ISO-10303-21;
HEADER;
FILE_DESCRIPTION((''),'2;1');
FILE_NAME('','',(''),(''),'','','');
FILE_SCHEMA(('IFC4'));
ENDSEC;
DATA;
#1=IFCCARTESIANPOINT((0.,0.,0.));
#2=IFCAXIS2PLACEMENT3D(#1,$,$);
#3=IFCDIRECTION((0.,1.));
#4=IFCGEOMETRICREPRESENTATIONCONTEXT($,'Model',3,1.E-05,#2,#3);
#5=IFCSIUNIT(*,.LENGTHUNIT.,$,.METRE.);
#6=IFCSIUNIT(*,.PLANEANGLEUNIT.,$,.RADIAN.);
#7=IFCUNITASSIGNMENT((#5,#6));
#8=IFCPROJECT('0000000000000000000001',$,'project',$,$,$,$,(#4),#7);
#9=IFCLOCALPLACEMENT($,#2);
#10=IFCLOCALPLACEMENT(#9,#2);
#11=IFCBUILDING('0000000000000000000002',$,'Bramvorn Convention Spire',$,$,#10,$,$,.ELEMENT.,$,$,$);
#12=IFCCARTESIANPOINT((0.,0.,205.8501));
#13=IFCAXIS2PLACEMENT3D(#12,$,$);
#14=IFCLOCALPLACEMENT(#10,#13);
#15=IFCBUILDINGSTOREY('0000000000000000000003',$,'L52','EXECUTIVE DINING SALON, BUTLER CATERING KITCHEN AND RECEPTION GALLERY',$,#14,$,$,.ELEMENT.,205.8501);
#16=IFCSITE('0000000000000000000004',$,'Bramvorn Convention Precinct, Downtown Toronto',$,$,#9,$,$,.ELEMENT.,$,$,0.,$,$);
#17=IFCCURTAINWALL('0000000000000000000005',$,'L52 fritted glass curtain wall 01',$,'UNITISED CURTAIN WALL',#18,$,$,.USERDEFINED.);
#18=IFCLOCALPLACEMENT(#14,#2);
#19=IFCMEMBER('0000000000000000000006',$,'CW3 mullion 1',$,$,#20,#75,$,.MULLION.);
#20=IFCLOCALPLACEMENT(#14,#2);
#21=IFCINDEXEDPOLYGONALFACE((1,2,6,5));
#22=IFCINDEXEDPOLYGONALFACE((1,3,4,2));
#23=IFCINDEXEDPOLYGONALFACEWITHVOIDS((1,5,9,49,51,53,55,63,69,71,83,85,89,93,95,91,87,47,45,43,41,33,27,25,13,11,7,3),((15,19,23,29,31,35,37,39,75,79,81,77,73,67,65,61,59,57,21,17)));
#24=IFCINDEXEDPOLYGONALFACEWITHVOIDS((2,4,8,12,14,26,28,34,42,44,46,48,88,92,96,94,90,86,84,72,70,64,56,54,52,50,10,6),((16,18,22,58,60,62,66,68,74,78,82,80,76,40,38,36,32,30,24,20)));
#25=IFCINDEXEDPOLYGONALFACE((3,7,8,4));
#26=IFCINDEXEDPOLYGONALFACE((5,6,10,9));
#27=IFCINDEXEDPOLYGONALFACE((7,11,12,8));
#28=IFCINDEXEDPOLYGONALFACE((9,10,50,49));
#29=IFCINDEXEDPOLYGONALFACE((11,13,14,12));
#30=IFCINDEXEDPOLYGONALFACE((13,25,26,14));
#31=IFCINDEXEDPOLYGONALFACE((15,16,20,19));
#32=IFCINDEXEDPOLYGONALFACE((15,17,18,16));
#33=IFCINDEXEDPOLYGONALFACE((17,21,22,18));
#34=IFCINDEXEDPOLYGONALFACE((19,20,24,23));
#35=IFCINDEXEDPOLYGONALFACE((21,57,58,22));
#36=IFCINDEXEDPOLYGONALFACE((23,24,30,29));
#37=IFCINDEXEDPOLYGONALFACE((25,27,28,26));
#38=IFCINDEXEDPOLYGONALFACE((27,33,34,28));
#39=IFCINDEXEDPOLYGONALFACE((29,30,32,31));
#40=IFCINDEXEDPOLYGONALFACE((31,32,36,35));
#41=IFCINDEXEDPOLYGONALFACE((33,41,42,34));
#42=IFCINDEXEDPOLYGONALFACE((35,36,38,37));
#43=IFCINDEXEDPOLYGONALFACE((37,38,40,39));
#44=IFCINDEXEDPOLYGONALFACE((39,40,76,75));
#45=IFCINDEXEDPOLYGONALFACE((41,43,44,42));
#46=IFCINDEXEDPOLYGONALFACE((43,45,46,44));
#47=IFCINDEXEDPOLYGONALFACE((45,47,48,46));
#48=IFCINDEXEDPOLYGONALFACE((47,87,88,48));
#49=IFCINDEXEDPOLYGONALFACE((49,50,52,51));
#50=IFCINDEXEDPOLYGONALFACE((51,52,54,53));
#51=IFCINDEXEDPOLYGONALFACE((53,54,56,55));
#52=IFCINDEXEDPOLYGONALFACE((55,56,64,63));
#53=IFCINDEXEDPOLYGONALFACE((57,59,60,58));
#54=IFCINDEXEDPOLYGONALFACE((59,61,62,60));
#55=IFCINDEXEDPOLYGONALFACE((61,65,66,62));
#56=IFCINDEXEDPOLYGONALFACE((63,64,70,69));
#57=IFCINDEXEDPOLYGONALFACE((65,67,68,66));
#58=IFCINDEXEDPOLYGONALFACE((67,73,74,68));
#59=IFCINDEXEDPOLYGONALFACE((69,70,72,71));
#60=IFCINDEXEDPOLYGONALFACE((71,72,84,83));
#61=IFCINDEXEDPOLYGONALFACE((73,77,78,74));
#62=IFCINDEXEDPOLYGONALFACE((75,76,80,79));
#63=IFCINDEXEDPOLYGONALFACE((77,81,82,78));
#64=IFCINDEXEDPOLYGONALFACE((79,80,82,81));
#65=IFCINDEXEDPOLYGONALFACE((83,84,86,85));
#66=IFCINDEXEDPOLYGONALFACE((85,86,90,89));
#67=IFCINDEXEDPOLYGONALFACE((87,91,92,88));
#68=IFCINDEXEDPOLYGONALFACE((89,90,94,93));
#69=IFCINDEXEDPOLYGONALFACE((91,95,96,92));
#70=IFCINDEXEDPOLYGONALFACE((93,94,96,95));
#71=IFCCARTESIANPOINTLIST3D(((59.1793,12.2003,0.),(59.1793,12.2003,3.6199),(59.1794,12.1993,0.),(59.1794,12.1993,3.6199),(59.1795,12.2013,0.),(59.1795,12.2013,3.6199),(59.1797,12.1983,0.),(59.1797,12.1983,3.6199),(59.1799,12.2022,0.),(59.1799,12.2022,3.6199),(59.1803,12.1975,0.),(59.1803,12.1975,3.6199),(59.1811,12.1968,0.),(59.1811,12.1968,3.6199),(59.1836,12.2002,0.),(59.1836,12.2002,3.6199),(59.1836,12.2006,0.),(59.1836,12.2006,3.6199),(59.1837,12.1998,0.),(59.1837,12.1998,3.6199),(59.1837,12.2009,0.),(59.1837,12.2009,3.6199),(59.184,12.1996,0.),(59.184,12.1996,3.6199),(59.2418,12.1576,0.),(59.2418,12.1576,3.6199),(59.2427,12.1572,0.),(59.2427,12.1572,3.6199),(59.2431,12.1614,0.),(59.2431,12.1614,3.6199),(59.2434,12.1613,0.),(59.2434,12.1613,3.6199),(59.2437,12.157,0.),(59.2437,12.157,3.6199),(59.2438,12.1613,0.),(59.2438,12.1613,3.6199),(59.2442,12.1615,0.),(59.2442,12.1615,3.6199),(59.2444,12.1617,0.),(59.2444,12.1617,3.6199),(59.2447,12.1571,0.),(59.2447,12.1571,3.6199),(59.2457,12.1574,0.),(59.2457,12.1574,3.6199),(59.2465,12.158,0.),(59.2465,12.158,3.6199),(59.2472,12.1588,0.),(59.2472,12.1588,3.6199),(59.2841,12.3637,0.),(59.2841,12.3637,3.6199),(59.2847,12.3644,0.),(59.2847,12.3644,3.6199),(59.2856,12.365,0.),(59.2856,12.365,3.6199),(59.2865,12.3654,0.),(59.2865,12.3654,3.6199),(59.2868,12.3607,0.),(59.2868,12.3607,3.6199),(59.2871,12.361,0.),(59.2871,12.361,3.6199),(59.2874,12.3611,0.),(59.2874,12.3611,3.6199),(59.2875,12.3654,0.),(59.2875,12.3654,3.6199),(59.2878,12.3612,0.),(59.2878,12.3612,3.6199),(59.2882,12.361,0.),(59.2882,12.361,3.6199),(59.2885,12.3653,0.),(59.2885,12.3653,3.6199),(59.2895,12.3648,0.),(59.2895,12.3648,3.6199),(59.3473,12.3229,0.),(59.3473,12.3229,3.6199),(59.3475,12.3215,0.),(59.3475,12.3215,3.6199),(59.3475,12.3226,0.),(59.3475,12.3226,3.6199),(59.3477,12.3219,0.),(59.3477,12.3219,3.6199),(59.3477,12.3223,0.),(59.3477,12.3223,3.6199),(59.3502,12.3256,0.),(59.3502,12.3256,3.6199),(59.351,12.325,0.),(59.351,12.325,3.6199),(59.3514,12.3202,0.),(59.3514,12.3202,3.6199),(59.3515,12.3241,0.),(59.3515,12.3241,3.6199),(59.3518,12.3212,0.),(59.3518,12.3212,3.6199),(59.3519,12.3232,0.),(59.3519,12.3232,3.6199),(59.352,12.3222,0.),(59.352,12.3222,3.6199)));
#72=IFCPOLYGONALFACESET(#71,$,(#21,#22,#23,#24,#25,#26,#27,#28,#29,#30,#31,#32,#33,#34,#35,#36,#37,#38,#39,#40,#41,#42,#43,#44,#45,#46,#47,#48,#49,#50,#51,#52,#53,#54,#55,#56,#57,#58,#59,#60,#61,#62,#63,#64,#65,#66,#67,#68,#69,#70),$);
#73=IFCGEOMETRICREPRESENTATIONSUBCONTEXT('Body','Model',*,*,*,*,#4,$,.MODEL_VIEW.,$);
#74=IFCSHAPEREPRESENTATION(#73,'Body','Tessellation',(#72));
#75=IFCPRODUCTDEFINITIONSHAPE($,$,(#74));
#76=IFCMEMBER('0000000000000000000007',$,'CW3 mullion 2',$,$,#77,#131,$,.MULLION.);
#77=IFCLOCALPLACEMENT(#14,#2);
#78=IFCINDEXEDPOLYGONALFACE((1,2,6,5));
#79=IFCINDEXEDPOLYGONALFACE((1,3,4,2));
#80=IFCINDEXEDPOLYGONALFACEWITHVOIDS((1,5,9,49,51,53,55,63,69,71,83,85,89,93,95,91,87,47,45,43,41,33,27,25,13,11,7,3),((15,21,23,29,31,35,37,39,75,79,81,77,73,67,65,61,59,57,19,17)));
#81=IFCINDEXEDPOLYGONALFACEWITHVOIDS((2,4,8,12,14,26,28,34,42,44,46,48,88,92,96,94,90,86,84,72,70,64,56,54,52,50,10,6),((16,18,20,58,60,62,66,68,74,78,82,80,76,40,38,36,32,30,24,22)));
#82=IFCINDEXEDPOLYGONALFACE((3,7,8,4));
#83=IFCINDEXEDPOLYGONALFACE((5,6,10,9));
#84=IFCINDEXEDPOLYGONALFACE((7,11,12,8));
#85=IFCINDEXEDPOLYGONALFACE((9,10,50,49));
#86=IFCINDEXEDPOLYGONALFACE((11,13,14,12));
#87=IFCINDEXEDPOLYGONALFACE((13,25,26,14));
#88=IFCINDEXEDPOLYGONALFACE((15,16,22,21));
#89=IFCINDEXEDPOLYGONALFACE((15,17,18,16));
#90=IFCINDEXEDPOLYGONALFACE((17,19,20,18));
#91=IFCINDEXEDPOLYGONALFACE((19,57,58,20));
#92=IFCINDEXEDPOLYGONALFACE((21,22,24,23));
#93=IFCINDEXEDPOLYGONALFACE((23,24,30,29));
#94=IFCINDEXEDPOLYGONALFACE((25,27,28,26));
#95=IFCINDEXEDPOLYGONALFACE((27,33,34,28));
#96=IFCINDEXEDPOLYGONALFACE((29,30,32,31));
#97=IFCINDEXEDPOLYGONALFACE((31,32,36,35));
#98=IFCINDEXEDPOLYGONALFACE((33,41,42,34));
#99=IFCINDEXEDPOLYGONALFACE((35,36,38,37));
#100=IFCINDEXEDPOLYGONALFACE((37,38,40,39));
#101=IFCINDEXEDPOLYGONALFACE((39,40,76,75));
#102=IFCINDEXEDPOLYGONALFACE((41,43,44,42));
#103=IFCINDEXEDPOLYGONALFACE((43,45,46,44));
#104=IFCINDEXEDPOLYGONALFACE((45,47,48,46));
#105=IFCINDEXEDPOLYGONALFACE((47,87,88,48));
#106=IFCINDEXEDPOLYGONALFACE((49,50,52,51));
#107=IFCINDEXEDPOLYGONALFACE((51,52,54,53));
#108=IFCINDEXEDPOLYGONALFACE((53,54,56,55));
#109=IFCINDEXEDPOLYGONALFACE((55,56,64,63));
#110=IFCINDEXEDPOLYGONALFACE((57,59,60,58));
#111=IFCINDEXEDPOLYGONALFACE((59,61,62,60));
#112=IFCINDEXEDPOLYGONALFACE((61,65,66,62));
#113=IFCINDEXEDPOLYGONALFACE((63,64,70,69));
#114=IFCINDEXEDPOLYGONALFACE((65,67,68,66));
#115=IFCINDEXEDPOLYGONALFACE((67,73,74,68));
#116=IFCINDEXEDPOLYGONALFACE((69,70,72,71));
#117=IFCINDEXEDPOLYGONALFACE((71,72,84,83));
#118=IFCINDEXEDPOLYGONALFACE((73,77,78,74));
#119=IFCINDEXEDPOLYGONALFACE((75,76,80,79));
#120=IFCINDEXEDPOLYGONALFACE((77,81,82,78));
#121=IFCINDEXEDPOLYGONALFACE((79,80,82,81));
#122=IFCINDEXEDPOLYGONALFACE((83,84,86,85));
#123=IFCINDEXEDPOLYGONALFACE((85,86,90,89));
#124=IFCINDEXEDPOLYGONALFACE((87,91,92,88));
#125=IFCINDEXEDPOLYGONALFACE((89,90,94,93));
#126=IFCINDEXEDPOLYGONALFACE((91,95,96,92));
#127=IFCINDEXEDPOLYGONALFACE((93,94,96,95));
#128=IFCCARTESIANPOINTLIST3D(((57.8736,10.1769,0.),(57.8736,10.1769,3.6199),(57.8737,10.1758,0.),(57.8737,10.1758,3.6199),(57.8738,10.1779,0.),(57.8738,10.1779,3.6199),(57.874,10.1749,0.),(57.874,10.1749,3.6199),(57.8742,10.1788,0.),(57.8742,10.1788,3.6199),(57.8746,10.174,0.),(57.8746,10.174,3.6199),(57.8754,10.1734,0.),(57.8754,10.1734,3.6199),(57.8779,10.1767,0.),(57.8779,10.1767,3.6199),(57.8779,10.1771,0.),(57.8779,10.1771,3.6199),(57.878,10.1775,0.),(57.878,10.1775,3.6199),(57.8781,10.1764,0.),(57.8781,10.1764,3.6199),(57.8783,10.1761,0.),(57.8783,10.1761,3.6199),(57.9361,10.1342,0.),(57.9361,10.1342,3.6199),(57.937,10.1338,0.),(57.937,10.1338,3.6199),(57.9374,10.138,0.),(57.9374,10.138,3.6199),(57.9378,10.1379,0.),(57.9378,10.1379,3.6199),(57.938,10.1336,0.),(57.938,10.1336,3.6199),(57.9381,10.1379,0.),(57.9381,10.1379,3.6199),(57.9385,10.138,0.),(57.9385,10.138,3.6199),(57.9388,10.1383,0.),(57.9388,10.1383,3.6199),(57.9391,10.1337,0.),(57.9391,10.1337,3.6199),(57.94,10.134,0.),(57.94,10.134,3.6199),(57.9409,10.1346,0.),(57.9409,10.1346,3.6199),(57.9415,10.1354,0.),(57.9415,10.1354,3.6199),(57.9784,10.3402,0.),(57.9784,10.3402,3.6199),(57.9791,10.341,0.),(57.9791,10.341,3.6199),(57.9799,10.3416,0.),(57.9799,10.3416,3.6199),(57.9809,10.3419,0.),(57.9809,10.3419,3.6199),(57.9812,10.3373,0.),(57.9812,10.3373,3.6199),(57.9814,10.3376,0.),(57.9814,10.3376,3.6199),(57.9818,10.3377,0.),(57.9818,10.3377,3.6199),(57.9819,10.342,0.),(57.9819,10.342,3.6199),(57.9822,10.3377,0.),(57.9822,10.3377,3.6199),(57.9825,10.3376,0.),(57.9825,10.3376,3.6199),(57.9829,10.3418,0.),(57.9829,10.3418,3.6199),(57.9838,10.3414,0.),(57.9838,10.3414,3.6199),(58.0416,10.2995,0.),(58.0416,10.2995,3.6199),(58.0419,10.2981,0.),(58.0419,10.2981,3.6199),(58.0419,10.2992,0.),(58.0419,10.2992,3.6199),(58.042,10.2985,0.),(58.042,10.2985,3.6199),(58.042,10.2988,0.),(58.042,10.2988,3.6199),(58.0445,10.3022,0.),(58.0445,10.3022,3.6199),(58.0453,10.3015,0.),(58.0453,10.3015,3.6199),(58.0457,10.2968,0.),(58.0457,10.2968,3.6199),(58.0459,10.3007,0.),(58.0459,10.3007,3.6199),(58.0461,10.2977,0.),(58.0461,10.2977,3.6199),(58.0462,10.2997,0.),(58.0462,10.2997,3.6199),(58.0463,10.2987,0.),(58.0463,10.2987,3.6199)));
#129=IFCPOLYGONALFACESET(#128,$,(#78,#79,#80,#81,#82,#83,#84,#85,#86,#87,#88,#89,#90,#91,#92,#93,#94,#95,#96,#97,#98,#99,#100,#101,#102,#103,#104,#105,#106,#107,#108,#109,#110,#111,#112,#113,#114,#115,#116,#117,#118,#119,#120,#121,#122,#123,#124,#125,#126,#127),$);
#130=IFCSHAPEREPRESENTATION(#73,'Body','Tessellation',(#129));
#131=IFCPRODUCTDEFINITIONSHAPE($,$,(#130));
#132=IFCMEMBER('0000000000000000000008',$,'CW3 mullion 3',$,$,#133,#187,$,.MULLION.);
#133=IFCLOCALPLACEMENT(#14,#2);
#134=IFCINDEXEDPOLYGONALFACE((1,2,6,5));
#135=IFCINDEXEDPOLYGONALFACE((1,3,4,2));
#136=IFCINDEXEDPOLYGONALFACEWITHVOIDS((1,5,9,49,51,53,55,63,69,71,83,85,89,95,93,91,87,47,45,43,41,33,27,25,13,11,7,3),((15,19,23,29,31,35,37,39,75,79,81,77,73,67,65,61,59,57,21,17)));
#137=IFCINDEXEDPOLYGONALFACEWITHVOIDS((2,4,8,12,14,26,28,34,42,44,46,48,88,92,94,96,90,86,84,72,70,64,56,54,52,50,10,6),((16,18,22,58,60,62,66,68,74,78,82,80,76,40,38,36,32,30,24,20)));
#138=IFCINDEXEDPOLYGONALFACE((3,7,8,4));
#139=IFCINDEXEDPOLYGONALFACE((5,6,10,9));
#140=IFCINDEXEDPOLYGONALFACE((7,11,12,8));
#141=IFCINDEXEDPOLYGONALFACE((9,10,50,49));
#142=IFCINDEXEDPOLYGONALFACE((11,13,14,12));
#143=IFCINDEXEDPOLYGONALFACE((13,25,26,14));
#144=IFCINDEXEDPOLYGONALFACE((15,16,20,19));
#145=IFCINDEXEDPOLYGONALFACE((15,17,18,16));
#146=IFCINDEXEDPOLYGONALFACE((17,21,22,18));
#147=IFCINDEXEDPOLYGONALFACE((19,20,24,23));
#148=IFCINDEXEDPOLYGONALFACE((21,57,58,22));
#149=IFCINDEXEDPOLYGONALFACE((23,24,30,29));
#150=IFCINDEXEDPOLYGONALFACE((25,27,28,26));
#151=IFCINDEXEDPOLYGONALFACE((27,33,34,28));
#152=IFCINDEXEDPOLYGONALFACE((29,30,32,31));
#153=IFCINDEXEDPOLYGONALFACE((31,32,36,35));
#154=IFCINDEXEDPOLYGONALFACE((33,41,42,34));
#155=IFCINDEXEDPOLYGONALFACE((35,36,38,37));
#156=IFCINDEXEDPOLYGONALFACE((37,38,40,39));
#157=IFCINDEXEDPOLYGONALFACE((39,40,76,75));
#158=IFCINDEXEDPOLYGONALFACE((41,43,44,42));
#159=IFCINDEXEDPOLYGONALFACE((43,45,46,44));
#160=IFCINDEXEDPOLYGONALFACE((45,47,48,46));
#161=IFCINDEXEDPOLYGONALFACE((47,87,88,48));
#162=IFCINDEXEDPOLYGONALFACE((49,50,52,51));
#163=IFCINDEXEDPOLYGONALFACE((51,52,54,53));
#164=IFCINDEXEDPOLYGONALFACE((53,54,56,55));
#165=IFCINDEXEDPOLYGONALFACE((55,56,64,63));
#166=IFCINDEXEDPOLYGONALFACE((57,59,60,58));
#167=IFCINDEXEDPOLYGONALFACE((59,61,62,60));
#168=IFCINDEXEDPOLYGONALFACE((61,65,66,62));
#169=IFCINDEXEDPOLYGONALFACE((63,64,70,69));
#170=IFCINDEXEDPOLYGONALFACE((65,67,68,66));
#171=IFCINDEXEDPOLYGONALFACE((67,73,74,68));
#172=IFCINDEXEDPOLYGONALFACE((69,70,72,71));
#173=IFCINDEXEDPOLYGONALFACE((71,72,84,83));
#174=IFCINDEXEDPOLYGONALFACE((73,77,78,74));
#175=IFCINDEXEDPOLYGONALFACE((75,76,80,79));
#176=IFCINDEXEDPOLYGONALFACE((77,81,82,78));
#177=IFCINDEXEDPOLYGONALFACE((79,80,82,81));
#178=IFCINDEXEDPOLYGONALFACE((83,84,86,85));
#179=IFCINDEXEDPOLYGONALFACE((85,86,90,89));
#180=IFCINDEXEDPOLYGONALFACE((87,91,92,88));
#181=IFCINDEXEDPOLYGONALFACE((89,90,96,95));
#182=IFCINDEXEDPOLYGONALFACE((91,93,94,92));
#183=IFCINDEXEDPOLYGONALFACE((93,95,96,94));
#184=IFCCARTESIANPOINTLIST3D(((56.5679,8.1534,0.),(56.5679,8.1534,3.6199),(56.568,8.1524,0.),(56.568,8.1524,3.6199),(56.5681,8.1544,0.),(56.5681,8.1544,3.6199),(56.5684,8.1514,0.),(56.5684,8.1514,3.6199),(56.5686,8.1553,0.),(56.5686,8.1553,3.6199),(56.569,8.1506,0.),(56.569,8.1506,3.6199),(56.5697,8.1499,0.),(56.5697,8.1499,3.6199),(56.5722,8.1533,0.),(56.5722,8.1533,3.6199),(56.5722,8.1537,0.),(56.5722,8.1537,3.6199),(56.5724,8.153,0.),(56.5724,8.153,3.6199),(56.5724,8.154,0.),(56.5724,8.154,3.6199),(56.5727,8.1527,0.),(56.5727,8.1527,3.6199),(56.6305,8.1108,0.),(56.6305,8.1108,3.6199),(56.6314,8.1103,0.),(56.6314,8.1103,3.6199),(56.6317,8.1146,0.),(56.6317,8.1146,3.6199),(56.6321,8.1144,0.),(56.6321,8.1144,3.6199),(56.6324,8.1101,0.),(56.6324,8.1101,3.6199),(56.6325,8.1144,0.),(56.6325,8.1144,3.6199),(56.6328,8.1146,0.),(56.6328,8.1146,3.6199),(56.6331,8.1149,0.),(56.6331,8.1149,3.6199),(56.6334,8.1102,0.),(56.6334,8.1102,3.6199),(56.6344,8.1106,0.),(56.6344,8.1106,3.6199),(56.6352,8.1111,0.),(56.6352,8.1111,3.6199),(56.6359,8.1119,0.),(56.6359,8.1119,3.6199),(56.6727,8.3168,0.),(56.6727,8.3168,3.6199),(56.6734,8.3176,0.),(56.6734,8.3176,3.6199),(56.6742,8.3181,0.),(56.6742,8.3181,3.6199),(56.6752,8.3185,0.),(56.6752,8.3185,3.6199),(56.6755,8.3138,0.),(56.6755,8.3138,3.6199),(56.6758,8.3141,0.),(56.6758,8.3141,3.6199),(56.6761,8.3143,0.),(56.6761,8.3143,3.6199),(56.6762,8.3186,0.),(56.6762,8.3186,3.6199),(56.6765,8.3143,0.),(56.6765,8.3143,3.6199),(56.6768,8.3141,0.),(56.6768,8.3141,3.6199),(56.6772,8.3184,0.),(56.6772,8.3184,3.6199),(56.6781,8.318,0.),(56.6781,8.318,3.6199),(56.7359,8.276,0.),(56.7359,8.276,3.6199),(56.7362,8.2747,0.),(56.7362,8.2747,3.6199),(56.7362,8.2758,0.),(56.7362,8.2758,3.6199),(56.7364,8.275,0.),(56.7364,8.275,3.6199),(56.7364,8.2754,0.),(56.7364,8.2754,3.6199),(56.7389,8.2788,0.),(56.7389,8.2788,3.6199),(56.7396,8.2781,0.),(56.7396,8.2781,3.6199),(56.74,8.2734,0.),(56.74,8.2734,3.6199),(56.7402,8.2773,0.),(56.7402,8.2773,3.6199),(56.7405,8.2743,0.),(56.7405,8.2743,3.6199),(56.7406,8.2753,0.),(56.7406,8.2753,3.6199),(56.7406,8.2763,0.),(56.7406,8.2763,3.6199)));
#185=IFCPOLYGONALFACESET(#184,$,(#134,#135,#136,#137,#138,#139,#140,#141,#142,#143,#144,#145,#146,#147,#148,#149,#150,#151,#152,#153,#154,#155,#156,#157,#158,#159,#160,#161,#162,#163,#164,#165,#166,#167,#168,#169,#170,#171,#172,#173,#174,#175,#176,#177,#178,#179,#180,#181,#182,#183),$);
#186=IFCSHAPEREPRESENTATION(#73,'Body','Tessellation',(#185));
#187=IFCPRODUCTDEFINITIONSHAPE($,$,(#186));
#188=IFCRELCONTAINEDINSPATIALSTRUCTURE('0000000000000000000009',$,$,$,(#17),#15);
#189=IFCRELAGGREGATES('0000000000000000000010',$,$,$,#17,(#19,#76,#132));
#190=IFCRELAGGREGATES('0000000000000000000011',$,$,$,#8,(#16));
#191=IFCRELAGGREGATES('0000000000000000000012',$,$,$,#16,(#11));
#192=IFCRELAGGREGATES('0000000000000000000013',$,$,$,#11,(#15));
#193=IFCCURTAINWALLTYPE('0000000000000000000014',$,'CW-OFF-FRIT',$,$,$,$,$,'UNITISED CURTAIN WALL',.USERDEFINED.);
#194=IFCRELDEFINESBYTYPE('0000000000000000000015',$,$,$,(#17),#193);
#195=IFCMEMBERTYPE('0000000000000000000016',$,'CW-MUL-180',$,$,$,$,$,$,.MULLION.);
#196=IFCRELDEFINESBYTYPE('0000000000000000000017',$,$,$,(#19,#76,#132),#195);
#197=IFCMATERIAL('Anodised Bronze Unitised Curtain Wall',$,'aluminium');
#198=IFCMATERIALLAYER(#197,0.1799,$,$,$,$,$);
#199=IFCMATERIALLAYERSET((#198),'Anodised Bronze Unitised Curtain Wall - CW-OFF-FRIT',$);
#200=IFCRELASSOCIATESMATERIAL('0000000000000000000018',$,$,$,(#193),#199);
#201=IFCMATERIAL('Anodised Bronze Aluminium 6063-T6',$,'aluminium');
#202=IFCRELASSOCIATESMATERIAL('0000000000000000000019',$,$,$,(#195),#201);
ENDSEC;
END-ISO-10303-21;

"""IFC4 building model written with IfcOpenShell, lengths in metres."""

from ifc_helpers import new_model, si_unit, direction, frame, origin, origin_2d, place, context, subcontext, project, spatial, hollow_rectangle, extrude, material, layer, layer_set, material_profile, profile_set, type_object, element, aggregate, save


model = new_model("IFC4")

# Units and contexts
model_context = context("Model", 3, precision=1e-05, world=origin(), true_north=direction((0.0, 1.0)))
body_context = subcontext(model_context, "Body", "Model", "MODEL_VIEW")
ifc_project = project(units=[si_unit("LENGTHUNIT", "METRE"), si_unit("PLANEANGLEUNIT", "RADIAN")], contexts=[model_context])

# Site, building, storey
site_placement = place(None, origin())
site = spatial("IfcSite", under=ifc_project, at=site_placement, Name="Bramvorn Convention Precinct, Downtown Toronto", CompositionType="ELEMENT", RefElevation=0.0)
building_placement = place(site_placement, origin())
building = spatial("IfcBuilding", under=site, at=building_placement, Name="Bramvorn Convention Spire", CompositionType="ELEMENT")
storey_placement = place(building_placement, frame((0.0, 0.0, 205.8501)))
storey = spatial("IfcBuildingStorey", under=building, at=storey_placement, Name="L52", Description="EXECUTIVE DINING SALON, BUTLER CATERING KITCHEN AND RECEPTION GALLERY", CompositionType="ELEMENT", Elevation=205.8501)

# Curtain wall, members
ifc_material_1 = material(Name="Anodised Bronze Unitised Curtain Wall", Category="aluminium")
ifc_layer_1 = layer(ifc_material_1, 0.1799)
ifc_layer_set_1 = layer_set([ifc_layer_1], Name="Anodised Bronze Unitised Curtain Wall - CW-OFF-FRIT")
curtain_wall_type = type_object("IfcCurtainWallType", Name="CW-OFF-FRIT", ElementType="UNITISED CURTAIN WALL", PredefinedType="USERDEFINED", material=ifc_layer_set_1)
curtain_wall_1_placement = place(storey_placement, origin())
curtain_wall_1 = element("IfcCurtainWall", 1, at=curtain_wall_1_placement, inside=storey, type_object=curtain_wall_type, Name="L52 fritted glass curtain wall 01", ObjectType="UNITISED CURTAIN WALL", PredefinedType="USERDEFINED")
ifc_material_2 = material(Name="Anodised Bronze Aluminium 6063-T6", Category="aluminium")
ifc_material_profile_1 = material_profile(ifc_material_2, hollow_rectangle(XDim=0.0801, YDim=0.2, WallThickness=0.0039, InnerFilletRadius=0.001, OuterFilletRadius=0.0039, at=origin_2d()))
ifc_profile_set_1 = profile_set([ifc_material_profile_1], Name="Anodised Bronze Aluminium 6063-T6 - CWM80X200")
member_type_1 = type_object("IfcMemberType", Name="CW-MUL-180", PredefinedType="MULLION", material=ifc_profile_set_1)
member_1_placement = place(storey_placement, frame((59.2656, 12.2612, 0.0), z_axis=(0.0, 0.0, 1.0), x_axis=(0.840252, -0.542196, 0.0)))
member_1 = element("IfcMember", 2, at=member_1_placement, type_object=member_type_1, Name="CW3 mullion 1", PredefinedType="MULLION", context=body_context, shape_type="SweptSolid", body=[
    extrude(hollow_rectangle(XDim=0.0801, YDim=0.2, WallThickness=0.0039, InnerFilletRadius=0.001, OuterFilletRadius=0.0039, at=origin_2d()), origin(), (0.0, 0.0, 1.0), 3.6199),
])
member_2_placement = place(storey_placement, frame((57.96, 10.2378, 0.0), z_axis=(0.0, 0.0, 1.0), x_axis=(0.840252, -0.542196, 0.0)))
member_2 = element("IfcMember", 3, at=member_2_placement, type_object=member_type_1, Name="CW3 mullion 2", PredefinedType="MULLION", context=body_context, shape_type="SweptSolid", body=[
    extrude(hollow_rectangle(XDim=0.0801, YDim=0.2, WallThickness=0.0039, InnerFilletRadius=0.001, OuterFilletRadius=0.0039, at=origin_2d()), origin(), (0.0, 0.0, 1.0), 3.6199),
])
member_3_placement = place(storey_placement, frame((56.6543, 8.2144, 0.0), z_axis=(0.0, 0.0, 1.0), x_axis=(0.840252, -0.542196, 0.0)))
member_3 = element("IfcMember", 4, at=member_3_placement, type_object=member_type_1, Name="CW3 mullion 3", PredefinedType="MULLION", context=body_context, shape_type="SweptSolid", body=[
    extrude(hollow_rectangle(XDim=0.0801, YDim=0.2, WallThickness=0.0039, InnerFilletRadius=0.001, OuterFilletRadius=0.0039, at=origin_2d()), origin(), (0.0, 0.0, 1.0), 3.6199),
])

aggregate(curtain_wall_1, [member_1, member_2, member_3])

save(model, "model.ifc")
